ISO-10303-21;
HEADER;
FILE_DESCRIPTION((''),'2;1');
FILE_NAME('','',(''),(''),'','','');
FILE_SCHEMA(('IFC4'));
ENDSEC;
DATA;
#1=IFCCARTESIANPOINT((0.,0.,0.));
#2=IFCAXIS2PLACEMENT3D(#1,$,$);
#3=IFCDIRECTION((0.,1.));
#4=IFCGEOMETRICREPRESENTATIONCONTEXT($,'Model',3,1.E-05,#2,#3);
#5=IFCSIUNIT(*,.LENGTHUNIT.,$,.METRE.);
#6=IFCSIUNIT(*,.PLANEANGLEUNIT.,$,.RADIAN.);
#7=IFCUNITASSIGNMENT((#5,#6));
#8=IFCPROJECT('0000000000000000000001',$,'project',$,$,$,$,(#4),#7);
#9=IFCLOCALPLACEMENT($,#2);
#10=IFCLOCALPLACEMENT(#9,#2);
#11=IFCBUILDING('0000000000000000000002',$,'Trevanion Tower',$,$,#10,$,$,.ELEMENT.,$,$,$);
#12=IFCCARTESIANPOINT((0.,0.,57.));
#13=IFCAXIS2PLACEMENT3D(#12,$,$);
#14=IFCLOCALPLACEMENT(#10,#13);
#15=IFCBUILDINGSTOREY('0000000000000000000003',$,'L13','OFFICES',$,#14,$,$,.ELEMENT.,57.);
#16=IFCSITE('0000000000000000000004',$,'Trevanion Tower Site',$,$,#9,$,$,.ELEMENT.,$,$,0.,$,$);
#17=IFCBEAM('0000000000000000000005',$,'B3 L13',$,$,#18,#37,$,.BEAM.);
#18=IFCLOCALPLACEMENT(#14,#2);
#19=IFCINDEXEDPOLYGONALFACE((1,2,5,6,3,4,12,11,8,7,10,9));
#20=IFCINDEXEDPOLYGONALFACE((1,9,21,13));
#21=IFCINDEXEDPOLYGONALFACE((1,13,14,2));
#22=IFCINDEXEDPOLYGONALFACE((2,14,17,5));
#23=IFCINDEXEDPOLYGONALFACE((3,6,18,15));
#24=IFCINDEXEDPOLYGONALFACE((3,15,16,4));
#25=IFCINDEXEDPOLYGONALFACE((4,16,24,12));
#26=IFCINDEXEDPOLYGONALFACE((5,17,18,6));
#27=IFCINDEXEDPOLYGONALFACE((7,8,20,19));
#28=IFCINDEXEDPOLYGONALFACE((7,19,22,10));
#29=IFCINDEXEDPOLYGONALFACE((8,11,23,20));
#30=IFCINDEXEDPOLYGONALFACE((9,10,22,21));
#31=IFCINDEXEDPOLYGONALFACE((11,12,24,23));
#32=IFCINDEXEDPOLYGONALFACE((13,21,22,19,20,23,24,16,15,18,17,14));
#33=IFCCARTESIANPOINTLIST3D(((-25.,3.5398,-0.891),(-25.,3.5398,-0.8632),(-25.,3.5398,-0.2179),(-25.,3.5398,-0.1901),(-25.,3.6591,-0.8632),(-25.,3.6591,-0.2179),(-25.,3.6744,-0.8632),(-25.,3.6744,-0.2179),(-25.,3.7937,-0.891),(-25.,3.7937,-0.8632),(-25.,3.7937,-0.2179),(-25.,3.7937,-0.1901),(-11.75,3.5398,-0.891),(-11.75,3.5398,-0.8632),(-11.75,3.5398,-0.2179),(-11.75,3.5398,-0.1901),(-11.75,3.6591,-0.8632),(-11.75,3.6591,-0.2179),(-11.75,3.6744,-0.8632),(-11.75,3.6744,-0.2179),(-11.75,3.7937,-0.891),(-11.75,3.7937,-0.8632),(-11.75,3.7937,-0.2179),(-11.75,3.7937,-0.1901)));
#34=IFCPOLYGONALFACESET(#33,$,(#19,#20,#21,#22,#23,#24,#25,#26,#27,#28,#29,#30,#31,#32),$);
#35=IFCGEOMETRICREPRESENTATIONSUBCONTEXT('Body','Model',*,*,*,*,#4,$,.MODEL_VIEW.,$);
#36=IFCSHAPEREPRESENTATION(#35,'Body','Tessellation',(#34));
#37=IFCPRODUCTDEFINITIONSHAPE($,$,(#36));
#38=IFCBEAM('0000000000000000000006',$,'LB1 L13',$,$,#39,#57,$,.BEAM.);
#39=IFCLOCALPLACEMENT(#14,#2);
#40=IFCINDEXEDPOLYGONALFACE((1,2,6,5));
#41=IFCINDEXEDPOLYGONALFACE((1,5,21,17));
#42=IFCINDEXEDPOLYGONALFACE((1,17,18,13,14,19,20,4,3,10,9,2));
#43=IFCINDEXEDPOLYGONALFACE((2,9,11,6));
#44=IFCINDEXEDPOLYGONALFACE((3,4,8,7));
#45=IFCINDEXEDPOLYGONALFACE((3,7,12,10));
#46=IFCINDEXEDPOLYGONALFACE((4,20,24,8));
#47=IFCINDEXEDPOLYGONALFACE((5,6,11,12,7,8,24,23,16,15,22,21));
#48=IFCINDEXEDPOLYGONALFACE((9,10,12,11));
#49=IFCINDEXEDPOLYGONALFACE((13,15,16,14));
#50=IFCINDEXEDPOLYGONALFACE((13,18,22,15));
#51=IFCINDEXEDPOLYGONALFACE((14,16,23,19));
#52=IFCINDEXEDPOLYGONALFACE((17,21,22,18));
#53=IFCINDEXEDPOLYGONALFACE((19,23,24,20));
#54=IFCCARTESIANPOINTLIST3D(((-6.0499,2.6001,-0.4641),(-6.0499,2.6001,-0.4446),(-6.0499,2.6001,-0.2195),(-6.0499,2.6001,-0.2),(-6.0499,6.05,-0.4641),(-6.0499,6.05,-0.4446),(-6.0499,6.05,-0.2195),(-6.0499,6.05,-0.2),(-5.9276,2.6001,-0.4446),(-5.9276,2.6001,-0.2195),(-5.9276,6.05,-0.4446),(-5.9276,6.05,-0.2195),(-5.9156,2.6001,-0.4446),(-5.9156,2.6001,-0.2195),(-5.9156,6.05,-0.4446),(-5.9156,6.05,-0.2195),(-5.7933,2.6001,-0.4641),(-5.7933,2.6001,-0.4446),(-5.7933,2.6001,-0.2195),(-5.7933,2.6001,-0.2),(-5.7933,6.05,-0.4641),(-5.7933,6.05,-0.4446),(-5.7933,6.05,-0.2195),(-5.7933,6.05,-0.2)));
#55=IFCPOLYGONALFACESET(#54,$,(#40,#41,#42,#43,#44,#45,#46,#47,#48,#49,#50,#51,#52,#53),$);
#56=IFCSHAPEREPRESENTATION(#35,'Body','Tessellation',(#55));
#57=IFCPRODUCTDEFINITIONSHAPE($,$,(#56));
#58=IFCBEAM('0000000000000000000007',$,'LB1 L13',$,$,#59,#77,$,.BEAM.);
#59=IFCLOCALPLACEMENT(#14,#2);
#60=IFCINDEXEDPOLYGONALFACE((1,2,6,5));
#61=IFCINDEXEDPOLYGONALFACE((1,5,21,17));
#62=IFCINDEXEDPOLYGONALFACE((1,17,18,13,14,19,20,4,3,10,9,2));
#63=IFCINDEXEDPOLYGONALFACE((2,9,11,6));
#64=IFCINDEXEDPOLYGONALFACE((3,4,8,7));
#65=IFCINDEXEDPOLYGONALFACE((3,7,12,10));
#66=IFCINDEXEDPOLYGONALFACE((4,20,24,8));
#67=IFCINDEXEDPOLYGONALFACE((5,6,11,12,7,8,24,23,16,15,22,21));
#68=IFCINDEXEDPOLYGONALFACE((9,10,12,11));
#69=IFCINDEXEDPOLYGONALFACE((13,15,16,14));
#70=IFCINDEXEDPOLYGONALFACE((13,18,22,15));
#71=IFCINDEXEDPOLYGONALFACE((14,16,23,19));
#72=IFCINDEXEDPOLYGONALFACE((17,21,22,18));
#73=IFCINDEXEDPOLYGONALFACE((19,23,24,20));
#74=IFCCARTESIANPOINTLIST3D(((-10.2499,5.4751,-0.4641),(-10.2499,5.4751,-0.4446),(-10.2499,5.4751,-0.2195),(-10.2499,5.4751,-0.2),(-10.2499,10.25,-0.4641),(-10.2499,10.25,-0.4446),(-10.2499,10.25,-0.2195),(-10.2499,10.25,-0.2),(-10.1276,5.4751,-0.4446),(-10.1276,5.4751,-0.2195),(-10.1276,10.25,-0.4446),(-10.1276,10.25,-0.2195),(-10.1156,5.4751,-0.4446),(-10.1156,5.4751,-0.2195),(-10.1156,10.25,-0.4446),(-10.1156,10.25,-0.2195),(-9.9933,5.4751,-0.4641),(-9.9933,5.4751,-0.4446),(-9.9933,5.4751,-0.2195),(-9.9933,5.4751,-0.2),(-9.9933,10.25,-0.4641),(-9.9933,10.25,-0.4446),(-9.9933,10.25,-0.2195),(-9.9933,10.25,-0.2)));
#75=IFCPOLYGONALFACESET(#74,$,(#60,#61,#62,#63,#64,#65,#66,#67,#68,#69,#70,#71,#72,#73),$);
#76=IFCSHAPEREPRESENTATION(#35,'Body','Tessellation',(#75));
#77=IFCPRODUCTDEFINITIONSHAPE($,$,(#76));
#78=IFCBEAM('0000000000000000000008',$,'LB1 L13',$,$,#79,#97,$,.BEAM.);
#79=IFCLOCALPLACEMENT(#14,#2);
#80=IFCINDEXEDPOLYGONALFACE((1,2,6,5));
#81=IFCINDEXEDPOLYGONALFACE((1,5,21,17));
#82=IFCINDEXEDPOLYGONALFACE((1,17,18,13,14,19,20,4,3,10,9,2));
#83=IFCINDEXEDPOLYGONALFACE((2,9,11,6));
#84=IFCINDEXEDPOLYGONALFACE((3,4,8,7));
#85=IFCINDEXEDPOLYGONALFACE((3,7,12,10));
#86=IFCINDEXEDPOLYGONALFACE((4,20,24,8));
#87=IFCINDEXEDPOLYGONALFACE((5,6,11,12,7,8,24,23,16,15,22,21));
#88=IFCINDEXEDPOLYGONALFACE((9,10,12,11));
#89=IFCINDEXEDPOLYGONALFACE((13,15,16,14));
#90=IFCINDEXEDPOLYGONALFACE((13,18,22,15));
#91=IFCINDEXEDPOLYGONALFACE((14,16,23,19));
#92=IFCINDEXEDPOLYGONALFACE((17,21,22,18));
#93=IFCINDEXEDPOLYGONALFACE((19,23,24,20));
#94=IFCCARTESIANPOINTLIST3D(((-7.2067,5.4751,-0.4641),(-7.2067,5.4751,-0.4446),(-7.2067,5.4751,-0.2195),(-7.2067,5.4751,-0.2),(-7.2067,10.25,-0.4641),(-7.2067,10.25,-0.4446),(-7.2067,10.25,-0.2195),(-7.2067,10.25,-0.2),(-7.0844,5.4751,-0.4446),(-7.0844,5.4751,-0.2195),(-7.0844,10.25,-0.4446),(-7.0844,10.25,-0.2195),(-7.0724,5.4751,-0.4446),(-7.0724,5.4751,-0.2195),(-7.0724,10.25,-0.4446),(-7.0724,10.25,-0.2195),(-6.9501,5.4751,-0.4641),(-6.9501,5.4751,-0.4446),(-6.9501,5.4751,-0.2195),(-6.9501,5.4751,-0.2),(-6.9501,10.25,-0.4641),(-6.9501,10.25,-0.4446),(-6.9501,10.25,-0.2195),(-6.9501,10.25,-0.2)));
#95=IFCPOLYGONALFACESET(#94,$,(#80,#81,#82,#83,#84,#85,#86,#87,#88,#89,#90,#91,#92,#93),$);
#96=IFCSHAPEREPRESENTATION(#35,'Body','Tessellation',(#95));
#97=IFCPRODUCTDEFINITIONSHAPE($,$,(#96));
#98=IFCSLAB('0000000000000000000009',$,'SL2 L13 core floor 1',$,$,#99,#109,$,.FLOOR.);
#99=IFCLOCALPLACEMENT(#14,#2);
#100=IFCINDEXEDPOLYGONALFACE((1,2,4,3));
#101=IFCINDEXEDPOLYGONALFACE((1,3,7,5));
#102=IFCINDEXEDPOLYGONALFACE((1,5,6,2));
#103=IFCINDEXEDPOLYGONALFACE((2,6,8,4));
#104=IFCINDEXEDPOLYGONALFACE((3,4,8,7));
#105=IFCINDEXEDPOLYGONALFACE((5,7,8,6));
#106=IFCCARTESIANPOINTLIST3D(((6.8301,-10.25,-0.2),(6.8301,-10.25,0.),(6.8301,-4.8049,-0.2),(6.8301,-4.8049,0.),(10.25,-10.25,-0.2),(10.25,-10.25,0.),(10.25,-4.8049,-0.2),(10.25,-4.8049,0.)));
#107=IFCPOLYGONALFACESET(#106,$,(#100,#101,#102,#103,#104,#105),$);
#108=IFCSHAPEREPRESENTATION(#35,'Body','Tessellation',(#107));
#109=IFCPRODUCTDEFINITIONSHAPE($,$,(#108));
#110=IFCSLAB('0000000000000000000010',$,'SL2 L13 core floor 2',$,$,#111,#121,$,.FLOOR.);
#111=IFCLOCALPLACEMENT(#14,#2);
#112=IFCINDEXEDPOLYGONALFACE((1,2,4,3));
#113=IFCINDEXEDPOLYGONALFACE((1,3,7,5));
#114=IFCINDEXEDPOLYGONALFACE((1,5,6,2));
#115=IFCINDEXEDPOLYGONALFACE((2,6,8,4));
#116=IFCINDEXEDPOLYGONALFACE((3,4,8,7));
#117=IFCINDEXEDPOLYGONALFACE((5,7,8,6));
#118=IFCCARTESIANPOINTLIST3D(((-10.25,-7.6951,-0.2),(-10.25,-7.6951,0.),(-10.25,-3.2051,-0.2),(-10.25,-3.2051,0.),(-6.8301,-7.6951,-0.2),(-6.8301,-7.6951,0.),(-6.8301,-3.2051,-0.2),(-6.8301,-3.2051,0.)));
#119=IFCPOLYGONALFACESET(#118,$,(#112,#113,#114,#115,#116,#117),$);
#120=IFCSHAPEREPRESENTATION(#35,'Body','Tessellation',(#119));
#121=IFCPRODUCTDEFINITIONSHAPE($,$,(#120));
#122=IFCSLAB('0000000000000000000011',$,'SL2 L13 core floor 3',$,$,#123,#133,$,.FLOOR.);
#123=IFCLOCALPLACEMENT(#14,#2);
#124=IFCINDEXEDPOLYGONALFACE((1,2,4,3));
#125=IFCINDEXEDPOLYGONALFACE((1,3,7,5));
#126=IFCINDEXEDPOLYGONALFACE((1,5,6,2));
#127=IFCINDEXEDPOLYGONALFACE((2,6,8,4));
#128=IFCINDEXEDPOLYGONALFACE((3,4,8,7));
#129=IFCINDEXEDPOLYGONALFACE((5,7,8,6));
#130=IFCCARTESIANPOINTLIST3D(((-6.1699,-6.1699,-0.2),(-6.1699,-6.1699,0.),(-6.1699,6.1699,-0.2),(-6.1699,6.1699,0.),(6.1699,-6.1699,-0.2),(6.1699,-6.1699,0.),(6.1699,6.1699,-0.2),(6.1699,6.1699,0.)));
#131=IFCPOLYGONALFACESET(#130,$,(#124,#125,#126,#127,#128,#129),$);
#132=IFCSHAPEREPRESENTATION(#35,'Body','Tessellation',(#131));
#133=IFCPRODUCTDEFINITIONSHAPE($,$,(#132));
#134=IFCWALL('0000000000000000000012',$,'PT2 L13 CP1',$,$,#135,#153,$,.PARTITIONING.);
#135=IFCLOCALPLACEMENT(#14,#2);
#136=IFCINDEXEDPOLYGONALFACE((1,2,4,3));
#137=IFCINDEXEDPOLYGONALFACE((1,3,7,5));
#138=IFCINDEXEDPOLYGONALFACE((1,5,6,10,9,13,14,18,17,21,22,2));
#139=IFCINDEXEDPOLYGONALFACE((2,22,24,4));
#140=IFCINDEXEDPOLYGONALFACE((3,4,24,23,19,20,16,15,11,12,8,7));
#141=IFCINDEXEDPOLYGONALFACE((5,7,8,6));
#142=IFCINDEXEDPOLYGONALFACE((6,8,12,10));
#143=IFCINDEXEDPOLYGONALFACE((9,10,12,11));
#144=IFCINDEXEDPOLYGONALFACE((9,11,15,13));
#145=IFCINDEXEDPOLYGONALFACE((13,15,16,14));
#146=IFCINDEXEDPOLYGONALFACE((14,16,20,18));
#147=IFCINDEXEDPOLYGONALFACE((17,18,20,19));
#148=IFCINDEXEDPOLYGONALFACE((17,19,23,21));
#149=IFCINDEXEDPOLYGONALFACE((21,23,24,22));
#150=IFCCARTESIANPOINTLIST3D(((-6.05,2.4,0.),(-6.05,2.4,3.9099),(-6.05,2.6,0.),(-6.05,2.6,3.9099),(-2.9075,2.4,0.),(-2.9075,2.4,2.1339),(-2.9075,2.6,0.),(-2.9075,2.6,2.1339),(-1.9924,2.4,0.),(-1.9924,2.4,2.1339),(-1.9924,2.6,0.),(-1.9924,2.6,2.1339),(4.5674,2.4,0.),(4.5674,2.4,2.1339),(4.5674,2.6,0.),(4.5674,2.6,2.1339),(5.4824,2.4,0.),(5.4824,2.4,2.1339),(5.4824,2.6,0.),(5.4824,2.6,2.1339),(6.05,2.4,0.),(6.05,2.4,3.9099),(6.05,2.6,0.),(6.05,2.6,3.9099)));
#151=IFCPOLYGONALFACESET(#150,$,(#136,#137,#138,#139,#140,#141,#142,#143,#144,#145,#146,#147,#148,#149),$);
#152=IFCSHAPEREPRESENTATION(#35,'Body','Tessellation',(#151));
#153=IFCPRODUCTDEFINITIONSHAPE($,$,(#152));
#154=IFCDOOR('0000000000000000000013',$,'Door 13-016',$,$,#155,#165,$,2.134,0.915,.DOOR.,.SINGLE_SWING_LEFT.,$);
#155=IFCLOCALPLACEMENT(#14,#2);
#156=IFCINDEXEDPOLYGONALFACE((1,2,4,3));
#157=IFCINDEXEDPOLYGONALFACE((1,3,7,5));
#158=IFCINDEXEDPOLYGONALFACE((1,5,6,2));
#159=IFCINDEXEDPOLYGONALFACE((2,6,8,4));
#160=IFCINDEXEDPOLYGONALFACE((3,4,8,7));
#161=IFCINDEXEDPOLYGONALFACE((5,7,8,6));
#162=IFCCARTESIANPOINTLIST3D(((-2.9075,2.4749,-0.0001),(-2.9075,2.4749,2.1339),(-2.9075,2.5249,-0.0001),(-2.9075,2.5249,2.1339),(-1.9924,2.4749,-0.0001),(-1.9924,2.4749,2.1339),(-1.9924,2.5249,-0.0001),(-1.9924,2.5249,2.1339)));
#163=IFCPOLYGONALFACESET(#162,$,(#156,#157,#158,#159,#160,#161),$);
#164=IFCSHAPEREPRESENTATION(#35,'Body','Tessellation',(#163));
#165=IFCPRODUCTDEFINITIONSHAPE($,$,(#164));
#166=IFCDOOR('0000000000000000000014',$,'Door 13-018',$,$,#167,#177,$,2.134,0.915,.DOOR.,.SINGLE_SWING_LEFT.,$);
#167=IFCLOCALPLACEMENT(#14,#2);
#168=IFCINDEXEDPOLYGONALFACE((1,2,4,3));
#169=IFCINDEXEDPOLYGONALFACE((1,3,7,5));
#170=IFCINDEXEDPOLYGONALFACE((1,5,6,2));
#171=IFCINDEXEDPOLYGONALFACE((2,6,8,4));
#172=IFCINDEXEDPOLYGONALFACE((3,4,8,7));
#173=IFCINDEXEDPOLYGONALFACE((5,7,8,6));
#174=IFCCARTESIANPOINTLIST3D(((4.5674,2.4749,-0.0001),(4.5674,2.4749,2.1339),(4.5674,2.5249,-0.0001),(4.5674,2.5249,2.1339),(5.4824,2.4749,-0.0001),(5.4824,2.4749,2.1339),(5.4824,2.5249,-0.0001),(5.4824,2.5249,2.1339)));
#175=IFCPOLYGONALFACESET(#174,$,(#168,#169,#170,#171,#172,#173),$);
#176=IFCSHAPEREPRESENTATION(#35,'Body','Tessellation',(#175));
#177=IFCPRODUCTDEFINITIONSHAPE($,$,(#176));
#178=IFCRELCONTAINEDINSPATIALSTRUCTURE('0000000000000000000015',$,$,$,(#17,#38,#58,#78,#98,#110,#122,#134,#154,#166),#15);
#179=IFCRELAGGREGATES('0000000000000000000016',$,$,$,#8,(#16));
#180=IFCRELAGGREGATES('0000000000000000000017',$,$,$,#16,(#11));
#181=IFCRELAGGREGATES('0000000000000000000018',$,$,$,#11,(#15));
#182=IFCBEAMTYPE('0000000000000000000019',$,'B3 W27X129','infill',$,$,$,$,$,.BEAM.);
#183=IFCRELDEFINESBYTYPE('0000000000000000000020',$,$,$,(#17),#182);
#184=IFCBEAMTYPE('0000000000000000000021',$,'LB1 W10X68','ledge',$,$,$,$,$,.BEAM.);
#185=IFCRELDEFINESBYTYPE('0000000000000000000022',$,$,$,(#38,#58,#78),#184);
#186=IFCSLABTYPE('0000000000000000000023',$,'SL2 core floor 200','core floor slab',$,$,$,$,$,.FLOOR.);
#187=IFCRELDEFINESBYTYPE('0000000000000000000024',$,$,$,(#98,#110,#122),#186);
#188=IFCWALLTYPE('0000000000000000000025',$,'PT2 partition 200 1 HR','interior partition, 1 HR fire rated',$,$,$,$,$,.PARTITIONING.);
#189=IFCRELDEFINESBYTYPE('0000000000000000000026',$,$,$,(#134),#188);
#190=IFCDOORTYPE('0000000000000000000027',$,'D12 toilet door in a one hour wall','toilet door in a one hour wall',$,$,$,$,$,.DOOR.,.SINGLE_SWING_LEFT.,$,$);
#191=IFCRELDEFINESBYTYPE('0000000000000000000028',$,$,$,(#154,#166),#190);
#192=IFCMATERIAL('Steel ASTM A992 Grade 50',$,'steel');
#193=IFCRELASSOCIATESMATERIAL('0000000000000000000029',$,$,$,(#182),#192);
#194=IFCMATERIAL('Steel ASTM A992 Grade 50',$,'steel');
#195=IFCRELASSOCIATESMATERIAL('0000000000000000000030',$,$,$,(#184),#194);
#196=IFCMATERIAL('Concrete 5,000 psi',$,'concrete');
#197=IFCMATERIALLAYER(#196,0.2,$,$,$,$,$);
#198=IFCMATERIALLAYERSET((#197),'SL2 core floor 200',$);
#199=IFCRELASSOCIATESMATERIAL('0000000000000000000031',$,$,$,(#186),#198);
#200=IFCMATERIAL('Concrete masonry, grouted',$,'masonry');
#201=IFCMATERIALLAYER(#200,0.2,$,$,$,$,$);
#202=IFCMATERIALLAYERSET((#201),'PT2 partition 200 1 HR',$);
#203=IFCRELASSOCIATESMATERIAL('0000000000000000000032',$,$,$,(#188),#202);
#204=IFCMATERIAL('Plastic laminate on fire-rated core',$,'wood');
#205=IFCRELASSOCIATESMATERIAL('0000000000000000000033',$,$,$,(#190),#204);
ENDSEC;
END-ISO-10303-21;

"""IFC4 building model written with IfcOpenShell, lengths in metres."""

from ifc_helpers import new_model, si_unit, direction, frame, frame_2d, origin, origin_2d, place, context, subcontext, project, spatial, polyline, rectangle, i_section, outline, extrude, material, layer, layer_set, material_profile, profile_set, type_object, element, fill, save


model = new_model("IFC4")

# Units and contexts
model_context = context("Model", 3, precision=1e-05, world=origin(), true_north=direction((0.0, 1.0)))
body_context = subcontext(model_context, "Body", "Model", "MODEL_VIEW")
ifc_project = project(units=[si_unit("LENGTHUNIT", "METRE"), si_unit("PLANEANGLEUNIT", "RADIAN")], contexts=[model_context])

# Site, building, storey
site_placement = place(None, origin())
site = spatial("IfcSite", under=ifc_project, at=site_placement, Name="Trevanion Tower Site", CompositionType="ELEMENT", RefElevation=0.0)
building_placement = place(site_placement, origin())
building = spatial("IfcBuilding", under=site, at=building_placement, Name="Trevanion Tower", CompositionType="ELEMENT")
storey_placement = place(building_placement, frame((0.0, 0.0, 57.0)))
storey = spatial("IfcBuildingStorey", under=building, at=storey_placement, Name="L13", Description="OFFICES", CompositionType="ELEMENT", Elevation=57.0)

# Beams
ifc_material_1 = material(Name="Steel ASTM A992 Grade 50", Category="steel")
ifc_material_profile_1 = material_profile(ifc_material_1, i_section(OverallWidth=0.2539, OverallDepth=0.7009, WebThickness=0.0154, FlangeThickness=0.0278, at=origin_2d()), Name="W27X129")
ifc_profile_set_1 = profile_set([ifc_material_profile_1], Name="Steel ASTM A992 Grade 50")
beam_type_1 = type_object("IfcBeamType", Name="B3 W27X129", Description="infill", PredefinedType="BEAM", material=ifc_profile_set_1)
beam_1_placement = place(storey_placement, frame((-11.75, 3.6667, -0.5405), z_axis=(-1.0, 0.0, 0.0), x_axis=(0.0, -1.0, 0.0)))
element("IfcBeam", 1, at=beam_1_placement, inside=storey, type_object=beam_type_1, Name="B3 L13", PredefinedType="BEAM", context=body_context, shape_type="SweptSolid", body=[
    extrude(i_section(OverallWidth=0.2539, OverallDepth=0.7009, WebThickness=0.0154, FlangeThickness=0.0278, at=origin_2d()), origin(), (0.0, 0.0, 1.0), 13.25),
])
ifc_material_2 = material(Name="Steel ASTM A992 Grade 50", Category="steel")
ifc_material_profile_2 = material_profile(ifc_material_2, i_section(OverallWidth=0.2566, OverallDepth=0.2642, WebThickness=0.012, FlangeThickness=0.0195, at=origin_2d()), Name="W10X68")
ifc_profile_set_2 = profile_set([ifc_material_profile_2], Name="Steel ASTM A992 Grade 50")
beam_type_2 = type_object("IfcBeamType", Name="LB1 W10X68", Description="ledge", PredefinedType="BEAM", material=ifc_profile_set_2)
beam_2_placement = place(storey_placement, frame((-5.9216, 2.6001, -0.332), z_axis=(0.0, 1.0, 0.0), x_axis=(-1.0, 0.0, 0.0)))
element("IfcBeam", 2, at=beam_2_placement, inside=storey, type_object=beam_type_2, Name="LB1 L13", PredefinedType="BEAM", context=body_context, shape_type="SweptSolid", body=[
    extrude(i_section(OverallWidth=0.2566, OverallDepth=0.2642, WebThickness=0.012, FlangeThickness=0.0195, at=origin_2d()), origin(), (0.0, 0.0, 1.0), 3.45),
])
for number, where, z_axis, x_axis, name in (
    (3, (-10.1216, 5.4751, -0.332), (0.0, 1.0, 0.0), (-1.0, 0.0, 0.0), "LB1 L13"),
    (4, (-7.0784, 5.4751, -0.332), (0.0, 1.0, 0.0), (-1.0, 0.0, 0.0), "LB1 L13"),
):
    element("IfcBeam", number, at=place(storey_placement, frame(where, z_axis=z_axis, x_axis=x_axis)), inside=storey, type_object=beam_type_2, Name=name, PredefinedType="BEAM", context=body_context, shape_type="SweptSolid", body=[
        extrude(i_section(OverallWidth=0.2566, OverallDepth=0.2642, WebThickness=0.012, FlangeThickness=0.0195, at=origin_2d()), origin(), (0.0, 0.0, 1.0), 4.7749),
    ])

# Slabs
ifc_material_3 = material(Name="Concrete 5,000 psi", Category="concrete")
ifc_layer_1 = layer(ifc_material_3, 0.2)
ifc_layer_set_1 = layer_set([ifc_layer_1], Name="SL2 core floor 200")
slab_type = type_object("IfcSlabType", Name="SL2 core floor 200", Description="core floor slab", PredefinedType="FLOOR", material=ifc_layer_set_1)
slab_1_placement = place(storey_placement, frame((0.0, 0.0, -0.2)))
element("IfcSlab", 5, at=slab_1_placement, inside=storey, type_object=slab_type, Name="SL2 L13 core floor 1", PredefinedType="FLOOR", context=body_context, shape_type="SweptSolid", body=[
    extrude(outline(polyline([(10.25, -4.8049), (10.25, -10.25), (6.8301, -10.25), (6.8301, -4.8049), (10.25, -4.8049)])), origin(), (0.0, 0.0, 1.0), 0.2),
])
slab_2_placement = place(storey_placement, frame((0.0, 0.0, -0.2)))
element("IfcSlab", 6, at=slab_2_placement, inside=storey, type_object=slab_type, Name="SL2 L13 core floor 2", PredefinedType="FLOOR", context=body_context, shape_type="SweptSolid", body=[
    extrude(outline(polyline([(-6.8301, -3.2051), (-6.8301, -7.6951), (-10.25, -7.6951), (-10.25, -3.2051), (-6.8301, -3.2051)])), origin(), (0.0, 0.0, 1.0), 0.2),
])
slab_3_placement = place(storey_placement, frame((0.0, 0.0, -0.2)))
element("IfcSlab", 7, at=slab_3_placement, inside=storey, type_object=slab_type, Name="SL2 L13 core floor 3", PredefinedType="FLOOR", context=body_context, shape_type="SweptSolid", body=[
    extrude(outline(polyline([(6.1699, -6.1699), (-6.1699, -6.1699), (-6.1699, 6.1699), (6.1699, 6.1699), (6.1699, -6.1699)])), origin(), (0.0, 0.0, 1.0), 0.2),
])

# Wall, openings, doors
ifc_material_4 = material(Name="Concrete masonry, grouted", Category="masonry")
ifc_layer_2 = layer(ifc_material_4, 0.2)
ifc_layer_set_2 = layer_set([ifc_layer_2], Name="PT2 partition 200 1 HR")
wall_type_1 = type_object("IfcWallType", Name="PT2 partition 200 1 HR", Description="interior partition, 1 HR fire rated", PredefinedType="PARTITIONING", material=ifc_layer_set_2)
wall_1_placement = place(storey_placement, frame((-6.05, 2.5, 0.0), z_axis=(0.0, 0.0, 1.0), x_axis=(1.0, 0.0, 0.0)))
wall_1 = element("IfcWall", 8, at=wall_1_placement, inside=storey, type_object=wall_type_1, Name="PT2 L13 CP1", PredefinedType="PARTITIONING", context=body_context, shape_type="SweptSolid", body=[
    extrude(rectangle(XDim=12.1001, YDim=0.2, at=frame_2d((6.05, 0.0))), origin(), (0.0, 0.0, 1.0), 3.9099),
])
opening_1_placement = place(wall_1_placement, frame((3.1426, 0.0, 0.0)))
opening_1 = element("IfcOpeningElement", 9, at=opening_1_placement, cuts=wall_1, PredefinedType="OPENING", context=body_context, shape_type="SweptSolid", body=[
    extrude(rectangle(XDim=0.915, YDim=2.134, at=frame_2d((0.4575, 1.0669))), frame((0.0, 0.1099, 0.0), z_axis=(0.0, -1.0, 0.0), x_axis=(1.0, 0.0, 0.0)), (0.0, 0.0, 1.0), 0.22),
])
opening_2_placement = place(wall_1_placement, frame((10.6174, 0.0, 0.0)))
opening_2 = element("IfcOpeningElement", 10, at=opening_2_placement, cuts=wall_1, PredefinedType="OPENING", context=body_context, shape_type="SweptSolid", body=[
    extrude(rectangle(XDim=0.915, YDim=2.134, at=frame_2d((0.4575, 1.0669))), frame((0.0, 0.1099, 0.0), z_axis=(0.0, -1.0, 0.0), x_axis=(1.0, 0.0, 0.0)), (0.0, 0.0, 1.0), 0.22),
])
ifc_material_5 = material(Name="Plastic laminate on fire-rated core", Category="wood")
door_type = type_object("IfcDoorType", Name="D12 toilet door in a one hour wall", Description="toilet door in a one hour wall", OperationType="SINGLE_SWING_LEFT", PredefinedType="DOOR", material=ifc_material_5)
door_1_placement = place(opening_1_placement, origin())
door_1 = element("IfcDoor", 11, at=door_1_placement, inside=storey, type_object=door_type, Name="Door 13-016", OperationType="SINGLE_SWING_LEFT", OverallHeight=2.134, OverallWidth=0.915, PredefinedType="DOOR", context=body_context, shape_type="SweptSolid", body=[
    extrude(rectangle(XDim=0.915, YDim=2.134, at=frame_2d((0.4575, 1.0669))), frame((0.0, 0.0249, 0.0), z_axis=(0.0, -1.0, 0.0), x_axis=(1.0, 0.0, 0.0)), (0.0, 0.0, 1.0), 0.05),
])
fill(opening_1, door_1)
door_2_placement = place(opening_2_placement, origin())
door_2 = element("IfcDoor", 12, at=door_2_placement, inside=storey, type_object=door_type, Name="Door 13-018", OperationType="SINGLE_SWING_LEFT", OverallHeight=2.134, OverallWidth=0.915, PredefinedType="DOOR", context=body_context, shape_type="SweptSolid", body=[
    extrude(rectangle(XDim=0.915, YDim=2.134, at=frame_2d((0.4575, 1.0669))), frame((0.0, 0.0249, 0.0), z_axis=(0.0, -1.0, 0.0), x_axis=(1.0, 0.0, 0.0)), (0.0, 0.0, 1.0), 0.05),
])
fill(opening_2, door_2)

save(model, "model.ifc")
